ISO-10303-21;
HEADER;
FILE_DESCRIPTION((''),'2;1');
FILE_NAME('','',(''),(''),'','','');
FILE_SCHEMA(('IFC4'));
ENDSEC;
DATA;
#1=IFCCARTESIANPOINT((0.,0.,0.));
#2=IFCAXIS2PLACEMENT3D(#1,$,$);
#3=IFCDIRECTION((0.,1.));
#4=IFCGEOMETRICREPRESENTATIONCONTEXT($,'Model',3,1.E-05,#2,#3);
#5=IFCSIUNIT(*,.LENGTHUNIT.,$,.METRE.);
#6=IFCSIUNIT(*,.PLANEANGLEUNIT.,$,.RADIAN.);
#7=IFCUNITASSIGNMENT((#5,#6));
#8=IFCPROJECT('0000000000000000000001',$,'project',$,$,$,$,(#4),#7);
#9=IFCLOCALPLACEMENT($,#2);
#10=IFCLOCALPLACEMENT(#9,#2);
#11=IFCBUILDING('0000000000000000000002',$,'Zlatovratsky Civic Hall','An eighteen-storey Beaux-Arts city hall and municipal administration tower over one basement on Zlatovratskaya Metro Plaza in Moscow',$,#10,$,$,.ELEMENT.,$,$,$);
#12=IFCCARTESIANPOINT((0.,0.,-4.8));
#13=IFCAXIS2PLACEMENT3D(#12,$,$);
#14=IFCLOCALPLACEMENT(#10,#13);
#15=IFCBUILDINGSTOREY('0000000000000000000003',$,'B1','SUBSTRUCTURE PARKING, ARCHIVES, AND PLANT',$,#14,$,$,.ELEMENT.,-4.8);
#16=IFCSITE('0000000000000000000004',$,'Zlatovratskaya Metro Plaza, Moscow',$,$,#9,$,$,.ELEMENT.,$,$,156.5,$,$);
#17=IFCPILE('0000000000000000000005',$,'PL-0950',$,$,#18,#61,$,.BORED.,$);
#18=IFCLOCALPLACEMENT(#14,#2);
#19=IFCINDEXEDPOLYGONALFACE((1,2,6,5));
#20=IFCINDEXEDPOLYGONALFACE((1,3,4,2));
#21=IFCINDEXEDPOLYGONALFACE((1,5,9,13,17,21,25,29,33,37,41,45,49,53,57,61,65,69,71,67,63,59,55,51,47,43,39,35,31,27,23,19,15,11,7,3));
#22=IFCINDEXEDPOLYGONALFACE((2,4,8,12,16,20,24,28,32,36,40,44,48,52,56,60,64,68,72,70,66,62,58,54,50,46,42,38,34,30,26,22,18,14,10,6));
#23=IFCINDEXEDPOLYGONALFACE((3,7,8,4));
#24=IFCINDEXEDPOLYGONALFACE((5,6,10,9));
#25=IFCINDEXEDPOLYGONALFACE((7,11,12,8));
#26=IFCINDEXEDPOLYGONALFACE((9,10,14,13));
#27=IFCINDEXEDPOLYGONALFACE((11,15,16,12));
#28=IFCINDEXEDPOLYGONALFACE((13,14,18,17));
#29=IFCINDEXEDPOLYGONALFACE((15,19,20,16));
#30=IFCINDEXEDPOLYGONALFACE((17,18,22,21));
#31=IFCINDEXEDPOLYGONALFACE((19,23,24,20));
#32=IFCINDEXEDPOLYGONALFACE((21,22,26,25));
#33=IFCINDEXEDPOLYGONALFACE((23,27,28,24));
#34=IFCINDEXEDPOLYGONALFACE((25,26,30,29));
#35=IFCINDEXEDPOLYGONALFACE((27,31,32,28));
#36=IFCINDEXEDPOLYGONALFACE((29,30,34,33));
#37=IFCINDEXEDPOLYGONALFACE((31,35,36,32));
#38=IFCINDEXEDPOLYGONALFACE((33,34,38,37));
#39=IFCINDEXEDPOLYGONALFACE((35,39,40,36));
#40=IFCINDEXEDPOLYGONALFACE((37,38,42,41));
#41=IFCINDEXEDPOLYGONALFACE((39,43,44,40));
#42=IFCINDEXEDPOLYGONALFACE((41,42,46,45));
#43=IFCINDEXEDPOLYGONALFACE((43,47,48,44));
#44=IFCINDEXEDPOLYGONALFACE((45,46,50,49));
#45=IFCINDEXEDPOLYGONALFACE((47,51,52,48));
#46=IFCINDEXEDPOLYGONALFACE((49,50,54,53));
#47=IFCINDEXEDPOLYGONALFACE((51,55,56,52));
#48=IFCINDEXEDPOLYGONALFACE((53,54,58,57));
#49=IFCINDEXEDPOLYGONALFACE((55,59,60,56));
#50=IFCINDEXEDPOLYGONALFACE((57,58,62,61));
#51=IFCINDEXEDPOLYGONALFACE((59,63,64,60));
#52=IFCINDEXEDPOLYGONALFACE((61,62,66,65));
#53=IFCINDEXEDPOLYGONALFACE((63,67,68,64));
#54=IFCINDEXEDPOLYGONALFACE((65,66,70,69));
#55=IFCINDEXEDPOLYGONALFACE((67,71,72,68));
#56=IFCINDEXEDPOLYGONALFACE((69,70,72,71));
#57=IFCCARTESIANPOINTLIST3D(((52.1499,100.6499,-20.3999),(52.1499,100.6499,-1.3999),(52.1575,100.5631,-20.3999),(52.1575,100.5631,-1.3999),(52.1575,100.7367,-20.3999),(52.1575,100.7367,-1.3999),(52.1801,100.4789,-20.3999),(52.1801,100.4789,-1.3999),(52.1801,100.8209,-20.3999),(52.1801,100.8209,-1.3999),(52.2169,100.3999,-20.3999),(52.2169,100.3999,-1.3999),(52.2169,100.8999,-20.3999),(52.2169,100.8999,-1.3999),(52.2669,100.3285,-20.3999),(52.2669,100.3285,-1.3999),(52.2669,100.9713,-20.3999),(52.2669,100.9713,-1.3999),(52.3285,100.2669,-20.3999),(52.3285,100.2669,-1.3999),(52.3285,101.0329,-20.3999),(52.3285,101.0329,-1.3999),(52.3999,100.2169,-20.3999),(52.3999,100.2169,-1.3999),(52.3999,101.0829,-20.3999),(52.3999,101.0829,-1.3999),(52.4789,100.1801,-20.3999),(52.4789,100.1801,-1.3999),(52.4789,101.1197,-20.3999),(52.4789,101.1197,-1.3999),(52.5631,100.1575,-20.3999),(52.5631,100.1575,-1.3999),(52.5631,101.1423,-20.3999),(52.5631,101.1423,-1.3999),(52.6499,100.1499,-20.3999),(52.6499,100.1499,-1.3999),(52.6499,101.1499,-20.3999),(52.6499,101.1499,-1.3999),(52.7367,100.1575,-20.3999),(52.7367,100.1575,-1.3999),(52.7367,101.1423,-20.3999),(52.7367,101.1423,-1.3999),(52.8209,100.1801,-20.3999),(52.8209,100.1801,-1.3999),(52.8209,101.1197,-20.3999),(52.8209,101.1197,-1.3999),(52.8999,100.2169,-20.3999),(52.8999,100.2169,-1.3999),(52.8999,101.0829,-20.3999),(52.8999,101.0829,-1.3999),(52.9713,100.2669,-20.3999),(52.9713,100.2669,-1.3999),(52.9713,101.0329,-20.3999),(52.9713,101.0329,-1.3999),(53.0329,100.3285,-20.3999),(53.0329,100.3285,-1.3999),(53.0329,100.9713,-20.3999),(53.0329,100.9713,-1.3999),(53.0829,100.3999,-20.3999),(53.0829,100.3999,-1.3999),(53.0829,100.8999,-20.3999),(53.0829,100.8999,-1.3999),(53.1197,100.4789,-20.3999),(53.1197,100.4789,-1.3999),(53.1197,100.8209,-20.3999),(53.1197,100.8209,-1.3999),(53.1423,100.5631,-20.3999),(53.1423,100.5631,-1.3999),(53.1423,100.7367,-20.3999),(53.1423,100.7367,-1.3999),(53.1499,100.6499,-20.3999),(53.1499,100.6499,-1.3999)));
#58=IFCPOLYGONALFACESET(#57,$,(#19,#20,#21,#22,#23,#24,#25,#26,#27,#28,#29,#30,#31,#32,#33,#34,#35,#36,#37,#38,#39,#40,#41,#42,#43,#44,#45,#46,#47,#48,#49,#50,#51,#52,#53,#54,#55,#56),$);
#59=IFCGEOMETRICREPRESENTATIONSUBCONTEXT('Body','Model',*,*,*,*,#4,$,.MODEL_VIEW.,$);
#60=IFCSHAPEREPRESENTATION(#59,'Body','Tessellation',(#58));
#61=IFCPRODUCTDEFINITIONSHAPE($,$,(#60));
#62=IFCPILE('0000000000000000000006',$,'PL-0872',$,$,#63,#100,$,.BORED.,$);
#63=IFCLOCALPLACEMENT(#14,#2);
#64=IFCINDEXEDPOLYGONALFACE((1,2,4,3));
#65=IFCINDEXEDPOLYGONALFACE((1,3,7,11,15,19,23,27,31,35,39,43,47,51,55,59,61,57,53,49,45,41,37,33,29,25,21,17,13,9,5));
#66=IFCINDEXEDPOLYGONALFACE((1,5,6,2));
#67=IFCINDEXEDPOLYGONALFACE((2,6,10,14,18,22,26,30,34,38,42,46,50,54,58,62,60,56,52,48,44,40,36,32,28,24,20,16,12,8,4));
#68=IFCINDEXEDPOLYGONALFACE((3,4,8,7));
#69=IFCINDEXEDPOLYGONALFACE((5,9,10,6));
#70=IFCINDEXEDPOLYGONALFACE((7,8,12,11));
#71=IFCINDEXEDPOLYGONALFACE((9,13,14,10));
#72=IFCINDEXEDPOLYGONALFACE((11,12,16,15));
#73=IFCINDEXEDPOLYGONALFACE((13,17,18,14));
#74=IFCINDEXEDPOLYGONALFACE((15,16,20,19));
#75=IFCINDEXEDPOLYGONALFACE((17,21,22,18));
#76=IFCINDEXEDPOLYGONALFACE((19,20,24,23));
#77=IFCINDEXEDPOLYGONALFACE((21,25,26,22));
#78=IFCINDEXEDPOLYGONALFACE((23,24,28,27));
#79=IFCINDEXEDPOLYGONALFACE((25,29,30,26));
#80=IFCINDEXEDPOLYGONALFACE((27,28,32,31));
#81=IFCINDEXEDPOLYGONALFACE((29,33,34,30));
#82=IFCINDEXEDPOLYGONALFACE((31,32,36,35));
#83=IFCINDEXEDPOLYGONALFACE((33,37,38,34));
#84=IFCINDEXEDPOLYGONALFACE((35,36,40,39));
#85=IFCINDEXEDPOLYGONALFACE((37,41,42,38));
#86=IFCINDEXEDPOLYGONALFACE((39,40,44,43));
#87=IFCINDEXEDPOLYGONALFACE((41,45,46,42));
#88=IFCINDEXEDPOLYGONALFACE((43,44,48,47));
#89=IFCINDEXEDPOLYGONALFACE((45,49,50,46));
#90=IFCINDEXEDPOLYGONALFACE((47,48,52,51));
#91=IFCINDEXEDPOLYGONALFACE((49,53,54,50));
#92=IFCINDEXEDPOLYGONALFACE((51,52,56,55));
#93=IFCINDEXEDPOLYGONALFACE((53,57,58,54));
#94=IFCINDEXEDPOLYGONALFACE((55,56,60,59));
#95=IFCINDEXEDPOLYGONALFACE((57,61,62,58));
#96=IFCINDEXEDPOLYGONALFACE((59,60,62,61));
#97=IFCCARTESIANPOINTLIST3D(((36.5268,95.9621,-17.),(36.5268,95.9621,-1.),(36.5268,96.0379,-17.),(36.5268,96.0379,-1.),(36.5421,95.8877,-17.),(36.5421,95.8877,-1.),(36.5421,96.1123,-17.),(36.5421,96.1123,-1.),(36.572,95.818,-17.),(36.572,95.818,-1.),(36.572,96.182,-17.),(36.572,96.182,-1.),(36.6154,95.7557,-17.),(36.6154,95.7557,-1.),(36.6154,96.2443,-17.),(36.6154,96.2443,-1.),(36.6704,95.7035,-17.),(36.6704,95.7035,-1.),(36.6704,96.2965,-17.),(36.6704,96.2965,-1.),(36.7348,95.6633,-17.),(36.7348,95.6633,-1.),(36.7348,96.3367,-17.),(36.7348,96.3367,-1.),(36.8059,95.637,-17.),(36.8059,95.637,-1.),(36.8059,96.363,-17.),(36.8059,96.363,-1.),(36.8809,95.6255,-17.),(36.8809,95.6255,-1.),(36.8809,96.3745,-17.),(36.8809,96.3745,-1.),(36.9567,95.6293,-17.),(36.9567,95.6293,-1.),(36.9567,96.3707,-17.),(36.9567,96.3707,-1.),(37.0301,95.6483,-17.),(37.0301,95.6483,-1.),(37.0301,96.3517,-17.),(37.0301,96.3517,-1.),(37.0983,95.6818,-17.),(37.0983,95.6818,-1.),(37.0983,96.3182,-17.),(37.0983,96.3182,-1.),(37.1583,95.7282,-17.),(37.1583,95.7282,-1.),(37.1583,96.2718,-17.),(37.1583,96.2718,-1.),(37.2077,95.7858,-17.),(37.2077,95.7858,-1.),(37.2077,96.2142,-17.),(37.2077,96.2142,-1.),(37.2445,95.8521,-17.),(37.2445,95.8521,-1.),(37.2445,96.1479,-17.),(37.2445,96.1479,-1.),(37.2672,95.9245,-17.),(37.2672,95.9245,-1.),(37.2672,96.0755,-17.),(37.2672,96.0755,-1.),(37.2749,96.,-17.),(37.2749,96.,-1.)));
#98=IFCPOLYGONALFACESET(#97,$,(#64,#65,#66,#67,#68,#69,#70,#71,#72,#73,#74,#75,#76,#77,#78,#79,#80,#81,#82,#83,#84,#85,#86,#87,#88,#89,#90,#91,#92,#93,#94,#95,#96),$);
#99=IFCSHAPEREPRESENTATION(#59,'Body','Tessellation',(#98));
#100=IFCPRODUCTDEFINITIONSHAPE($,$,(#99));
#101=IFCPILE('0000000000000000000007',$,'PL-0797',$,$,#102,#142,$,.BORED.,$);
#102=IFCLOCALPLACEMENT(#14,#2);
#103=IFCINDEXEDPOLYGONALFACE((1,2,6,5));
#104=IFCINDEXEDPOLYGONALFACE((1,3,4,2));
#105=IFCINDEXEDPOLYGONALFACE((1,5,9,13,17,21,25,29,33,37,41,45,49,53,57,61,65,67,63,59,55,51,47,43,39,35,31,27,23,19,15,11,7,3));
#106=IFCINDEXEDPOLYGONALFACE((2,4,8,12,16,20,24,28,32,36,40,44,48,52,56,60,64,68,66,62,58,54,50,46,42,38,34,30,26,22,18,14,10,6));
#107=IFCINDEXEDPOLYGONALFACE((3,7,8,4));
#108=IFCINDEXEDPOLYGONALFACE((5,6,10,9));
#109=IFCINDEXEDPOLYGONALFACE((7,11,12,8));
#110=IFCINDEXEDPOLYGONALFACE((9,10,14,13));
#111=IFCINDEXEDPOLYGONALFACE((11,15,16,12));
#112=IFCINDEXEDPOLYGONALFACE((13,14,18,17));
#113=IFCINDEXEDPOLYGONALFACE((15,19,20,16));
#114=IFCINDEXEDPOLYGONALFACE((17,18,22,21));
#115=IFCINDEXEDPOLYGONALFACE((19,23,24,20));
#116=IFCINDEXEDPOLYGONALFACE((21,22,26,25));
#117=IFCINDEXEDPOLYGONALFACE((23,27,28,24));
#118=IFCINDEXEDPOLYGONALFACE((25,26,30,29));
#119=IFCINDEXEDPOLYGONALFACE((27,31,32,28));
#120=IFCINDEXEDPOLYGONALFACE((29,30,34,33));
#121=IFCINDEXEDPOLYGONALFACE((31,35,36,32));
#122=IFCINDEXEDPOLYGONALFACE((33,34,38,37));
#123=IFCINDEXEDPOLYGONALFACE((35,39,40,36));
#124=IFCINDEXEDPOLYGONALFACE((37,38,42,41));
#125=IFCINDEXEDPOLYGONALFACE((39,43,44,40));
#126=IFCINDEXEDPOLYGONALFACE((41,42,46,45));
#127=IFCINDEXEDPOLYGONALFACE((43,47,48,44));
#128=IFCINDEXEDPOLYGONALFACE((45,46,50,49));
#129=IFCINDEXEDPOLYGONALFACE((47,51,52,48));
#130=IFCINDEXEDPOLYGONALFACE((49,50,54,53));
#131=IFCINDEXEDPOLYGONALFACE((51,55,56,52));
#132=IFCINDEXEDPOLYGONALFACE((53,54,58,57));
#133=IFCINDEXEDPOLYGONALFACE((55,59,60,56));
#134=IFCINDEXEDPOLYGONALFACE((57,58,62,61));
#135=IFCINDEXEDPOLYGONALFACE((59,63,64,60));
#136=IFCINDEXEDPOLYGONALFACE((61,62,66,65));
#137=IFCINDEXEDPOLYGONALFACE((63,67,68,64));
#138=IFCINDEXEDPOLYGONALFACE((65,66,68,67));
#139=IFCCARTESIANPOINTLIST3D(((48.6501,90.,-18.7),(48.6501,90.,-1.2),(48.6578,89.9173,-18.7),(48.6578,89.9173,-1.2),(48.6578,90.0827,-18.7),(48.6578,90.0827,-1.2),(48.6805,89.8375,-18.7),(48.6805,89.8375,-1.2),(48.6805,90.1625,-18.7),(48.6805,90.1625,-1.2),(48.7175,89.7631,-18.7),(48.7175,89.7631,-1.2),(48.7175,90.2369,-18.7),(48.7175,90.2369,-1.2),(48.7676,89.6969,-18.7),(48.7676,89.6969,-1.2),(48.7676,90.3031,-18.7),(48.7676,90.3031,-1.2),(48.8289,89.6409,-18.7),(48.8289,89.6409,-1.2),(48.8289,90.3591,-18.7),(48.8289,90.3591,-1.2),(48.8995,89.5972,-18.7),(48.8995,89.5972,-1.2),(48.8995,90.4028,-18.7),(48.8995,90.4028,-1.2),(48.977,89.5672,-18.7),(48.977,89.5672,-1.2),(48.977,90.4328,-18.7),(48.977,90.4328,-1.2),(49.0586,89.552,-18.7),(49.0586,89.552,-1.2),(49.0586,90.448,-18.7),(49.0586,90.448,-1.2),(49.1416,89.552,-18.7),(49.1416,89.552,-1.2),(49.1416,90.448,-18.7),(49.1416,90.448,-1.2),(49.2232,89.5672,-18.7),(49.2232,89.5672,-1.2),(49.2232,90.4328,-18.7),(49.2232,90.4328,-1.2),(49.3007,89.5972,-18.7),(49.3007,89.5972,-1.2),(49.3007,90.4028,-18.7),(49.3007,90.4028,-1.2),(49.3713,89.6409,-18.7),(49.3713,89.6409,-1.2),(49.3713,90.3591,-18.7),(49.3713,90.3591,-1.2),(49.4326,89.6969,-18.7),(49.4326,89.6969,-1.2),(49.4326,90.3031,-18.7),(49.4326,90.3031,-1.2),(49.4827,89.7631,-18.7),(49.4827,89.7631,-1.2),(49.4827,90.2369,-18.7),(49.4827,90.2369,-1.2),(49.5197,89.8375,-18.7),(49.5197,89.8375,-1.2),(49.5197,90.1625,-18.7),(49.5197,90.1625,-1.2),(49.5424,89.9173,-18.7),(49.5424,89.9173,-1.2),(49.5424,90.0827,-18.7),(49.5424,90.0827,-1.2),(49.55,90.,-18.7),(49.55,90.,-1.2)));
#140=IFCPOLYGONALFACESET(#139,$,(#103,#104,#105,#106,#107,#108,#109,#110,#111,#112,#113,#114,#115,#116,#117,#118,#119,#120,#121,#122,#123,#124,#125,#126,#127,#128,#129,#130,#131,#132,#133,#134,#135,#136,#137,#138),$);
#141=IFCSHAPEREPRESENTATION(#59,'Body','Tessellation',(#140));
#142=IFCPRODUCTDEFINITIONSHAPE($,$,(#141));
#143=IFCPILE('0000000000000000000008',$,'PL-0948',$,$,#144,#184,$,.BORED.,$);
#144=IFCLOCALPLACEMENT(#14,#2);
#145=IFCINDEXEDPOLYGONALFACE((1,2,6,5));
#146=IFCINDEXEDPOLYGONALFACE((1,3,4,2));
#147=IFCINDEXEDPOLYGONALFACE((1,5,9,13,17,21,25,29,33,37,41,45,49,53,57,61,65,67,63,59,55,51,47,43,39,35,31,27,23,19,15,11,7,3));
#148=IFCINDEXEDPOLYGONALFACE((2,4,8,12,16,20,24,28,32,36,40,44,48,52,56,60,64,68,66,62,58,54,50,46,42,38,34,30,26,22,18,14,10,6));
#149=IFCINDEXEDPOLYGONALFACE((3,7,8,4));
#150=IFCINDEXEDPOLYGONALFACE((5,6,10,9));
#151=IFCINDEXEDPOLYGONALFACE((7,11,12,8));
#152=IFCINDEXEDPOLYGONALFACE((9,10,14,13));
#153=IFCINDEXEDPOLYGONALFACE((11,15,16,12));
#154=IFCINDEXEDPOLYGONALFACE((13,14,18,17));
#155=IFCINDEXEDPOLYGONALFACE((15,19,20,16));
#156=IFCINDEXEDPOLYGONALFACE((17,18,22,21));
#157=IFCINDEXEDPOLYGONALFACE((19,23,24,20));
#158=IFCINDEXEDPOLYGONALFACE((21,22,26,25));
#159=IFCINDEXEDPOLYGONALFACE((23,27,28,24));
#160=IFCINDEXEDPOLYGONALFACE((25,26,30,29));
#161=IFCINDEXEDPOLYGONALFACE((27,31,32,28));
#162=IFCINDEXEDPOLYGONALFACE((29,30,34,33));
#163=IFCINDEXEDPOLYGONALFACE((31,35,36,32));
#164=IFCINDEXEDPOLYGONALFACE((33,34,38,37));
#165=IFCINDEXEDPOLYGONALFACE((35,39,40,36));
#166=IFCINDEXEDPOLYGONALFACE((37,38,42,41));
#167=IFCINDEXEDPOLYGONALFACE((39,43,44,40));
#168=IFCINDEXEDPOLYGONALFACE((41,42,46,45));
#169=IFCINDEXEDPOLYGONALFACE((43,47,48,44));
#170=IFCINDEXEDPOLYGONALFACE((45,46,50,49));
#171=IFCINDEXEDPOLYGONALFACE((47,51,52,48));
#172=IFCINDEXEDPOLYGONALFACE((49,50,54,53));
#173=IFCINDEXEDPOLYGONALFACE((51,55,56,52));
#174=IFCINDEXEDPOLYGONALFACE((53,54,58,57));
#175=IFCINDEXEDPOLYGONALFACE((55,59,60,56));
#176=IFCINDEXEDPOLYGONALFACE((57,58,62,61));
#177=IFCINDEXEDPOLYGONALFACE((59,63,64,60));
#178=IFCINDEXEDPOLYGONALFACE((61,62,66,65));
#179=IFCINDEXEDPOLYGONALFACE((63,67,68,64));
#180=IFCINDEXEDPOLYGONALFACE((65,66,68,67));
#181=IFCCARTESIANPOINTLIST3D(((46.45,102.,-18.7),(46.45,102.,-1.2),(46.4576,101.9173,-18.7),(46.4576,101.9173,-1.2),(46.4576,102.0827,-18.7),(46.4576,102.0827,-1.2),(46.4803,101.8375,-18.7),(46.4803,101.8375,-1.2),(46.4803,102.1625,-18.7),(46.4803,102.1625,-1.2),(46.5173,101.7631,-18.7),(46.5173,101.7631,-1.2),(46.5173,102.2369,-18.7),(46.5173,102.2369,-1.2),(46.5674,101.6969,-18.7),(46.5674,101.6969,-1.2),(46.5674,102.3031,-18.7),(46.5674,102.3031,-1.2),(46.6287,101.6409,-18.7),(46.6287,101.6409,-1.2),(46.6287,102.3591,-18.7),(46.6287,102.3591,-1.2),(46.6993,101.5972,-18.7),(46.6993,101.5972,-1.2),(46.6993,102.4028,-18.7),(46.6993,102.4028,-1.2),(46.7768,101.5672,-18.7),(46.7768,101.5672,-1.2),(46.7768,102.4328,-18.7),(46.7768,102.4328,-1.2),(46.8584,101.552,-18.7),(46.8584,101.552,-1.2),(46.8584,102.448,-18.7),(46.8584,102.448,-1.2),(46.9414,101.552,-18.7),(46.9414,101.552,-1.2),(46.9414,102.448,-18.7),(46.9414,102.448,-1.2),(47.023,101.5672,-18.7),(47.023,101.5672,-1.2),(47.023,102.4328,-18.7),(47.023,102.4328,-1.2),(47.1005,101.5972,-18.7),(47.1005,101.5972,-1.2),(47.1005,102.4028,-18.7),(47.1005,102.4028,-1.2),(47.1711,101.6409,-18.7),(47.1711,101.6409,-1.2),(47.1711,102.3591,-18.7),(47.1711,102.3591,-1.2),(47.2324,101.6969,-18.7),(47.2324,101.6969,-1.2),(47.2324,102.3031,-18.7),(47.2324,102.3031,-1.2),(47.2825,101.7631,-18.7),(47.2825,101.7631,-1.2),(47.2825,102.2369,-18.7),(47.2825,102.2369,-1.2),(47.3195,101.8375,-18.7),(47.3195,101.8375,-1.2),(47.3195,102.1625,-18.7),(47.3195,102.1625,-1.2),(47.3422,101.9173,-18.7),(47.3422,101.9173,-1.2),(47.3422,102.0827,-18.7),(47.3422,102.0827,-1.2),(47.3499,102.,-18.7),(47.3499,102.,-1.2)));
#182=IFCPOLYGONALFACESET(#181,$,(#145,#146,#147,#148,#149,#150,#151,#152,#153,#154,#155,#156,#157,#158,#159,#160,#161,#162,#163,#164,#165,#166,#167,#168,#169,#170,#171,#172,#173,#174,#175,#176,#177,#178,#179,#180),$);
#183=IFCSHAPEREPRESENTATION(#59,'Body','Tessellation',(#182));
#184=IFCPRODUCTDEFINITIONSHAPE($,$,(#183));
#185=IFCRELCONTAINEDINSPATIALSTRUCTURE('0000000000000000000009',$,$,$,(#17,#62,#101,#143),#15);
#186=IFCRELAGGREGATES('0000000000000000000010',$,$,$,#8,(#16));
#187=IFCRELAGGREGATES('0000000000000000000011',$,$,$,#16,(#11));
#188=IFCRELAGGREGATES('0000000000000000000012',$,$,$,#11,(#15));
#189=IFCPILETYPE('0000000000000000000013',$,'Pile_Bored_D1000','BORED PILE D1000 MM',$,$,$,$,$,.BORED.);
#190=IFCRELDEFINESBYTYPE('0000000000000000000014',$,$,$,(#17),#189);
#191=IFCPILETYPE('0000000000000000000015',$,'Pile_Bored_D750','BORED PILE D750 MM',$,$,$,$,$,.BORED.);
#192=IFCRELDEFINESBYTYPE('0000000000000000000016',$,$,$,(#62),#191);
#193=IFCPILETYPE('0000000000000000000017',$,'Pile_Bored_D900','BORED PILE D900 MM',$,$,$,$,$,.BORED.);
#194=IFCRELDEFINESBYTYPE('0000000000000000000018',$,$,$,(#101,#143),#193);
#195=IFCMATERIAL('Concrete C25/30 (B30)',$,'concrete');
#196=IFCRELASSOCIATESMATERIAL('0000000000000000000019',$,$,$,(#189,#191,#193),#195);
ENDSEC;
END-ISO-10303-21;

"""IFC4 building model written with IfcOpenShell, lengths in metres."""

from ifc_helpers import new_model, si_unit, direction, frame, origin, origin_2d, place, context, subcontext, project, spatial, circle, extrude, material, material_profile, profile_set, type_object, element, save


model = new_model("IFC4")

# Units and contexts
model_context = context("Model", 3, precision=1e-05, world=origin(), true_north=direction((0.0, 1.0)))
body_context = subcontext(model_context, "Body", "Model", "MODEL_VIEW")
ifc_project = project(units=[si_unit("LENGTHUNIT", "METRE"), si_unit("PLANEANGLEUNIT", "RADIAN")], contexts=[model_context])

# Site, building, storey
site_placement = place(None, origin())
site = spatial("IfcSite", under=ifc_project, at=site_placement, Name="Zlatovratskaya Metro Plaza, Moscow", CompositionType="ELEMENT", RefElevation=156.5)
building_placement = place(site_placement, origin())
building = spatial("IfcBuilding", under=site, at=building_placement, Name="Zlatovratsky Civic Hall", Description="An eighteen-storey Beaux-Arts city hall and municipal administration tower over one basement on Zlatovratskaya Metro Plaza in Moscow", CompositionType="ELEMENT")
storey_placement = place(building_placement, frame((0.0, 0.0, -4.8)))
storey = spatial("IfcBuildingStorey", under=building, at=storey_placement, Name="B1", Description="SUBSTRUCTURE PARKING, ARCHIVES, AND PLANT", CompositionType="ELEMENT", Elevation=-4.8)

# Shared definitions
ifc_material_1 = material(Name="Concrete C25/30 (B30)", Category="concrete")

# Piles
ifc_material_profile_1 = material_profile(ifc_material_1, circle(Radius=0.5, at=origin_2d()), Name="PILE D1000")
ifc_profile_set_1 = profile_set([ifc_material_profile_1], Name="Concrete C25/30 (B30)")
pile_type_1 = type_object("IfcPileType", Name="Pile_Bored_D1000", Description="BORED PILE D1000 MM", PredefinedType="BORED", material=ifc_profile_set_1)
for number, where, z_axis, x_axis, name in (
    (1, (52.6499, 100.6499, -1.3999), (0.0, 0.0, -1.0), (1.0, 0.0, 0.0), "PL-0950"),
):
    element("IfcPile", number, at=place(storey_placement, frame(where, z_axis=z_axis, x_axis=x_axis)), inside=storey, type_object=pile_type_1, Name=name, PredefinedType="BORED", context=body_context, shape_type="SweptSolid", body=[
        extrude(circle(Radius=0.5, at=origin_2d()), origin(), (0.0, 0.0, 1.0), 19.0),
    ])
ifc_material_profile_2 = material_profile(ifc_material_1, circle(Radius=0.375, at=origin_2d()), Name="PILE D750")
ifc_profile_set_2 = profile_set([ifc_material_profile_2], Name="Concrete C25/30 (B30)")
pile_type_2 = type_object("IfcPileType", Name="Pile_Bored_D750", Description="BORED PILE D750 MM", PredefinedType="BORED", material=ifc_profile_set_2)
pile_1_placement = place(storey_placement, frame((36.8999, 96.0, -1.0), z_axis=(0.0, 0.0, -1.0), x_axis=(1.0, 0.0, 0.0)))
element("IfcPile", 2, at=pile_1_placement, inside=storey, type_object=pile_type_2, Name="PL-0872", PredefinedType="BORED", context=body_context, shape_type="SweptSolid", body=[
    extrude(circle(Radius=0.375, at=origin_2d()), origin(), (0.0, 0.0, 1.0), 16.0),
])
ifc_material_profile_3 = material_profile(ifc_material_1, circle(Radius=0.45, at=origin_2d()), Name="PILE D900")
ifc_profile_set_3 = profile_set([ifc_material_profile_3], Name="Concrete C25/30 (B30)")
pile_type_3 = type_object("IfcPileType", Name="Pile_Bored_D900", Description="BORED PILE D900 MM", PredefinedType="BORED", material=ifc_profile_set_3)
for number, where, z_axis, x_axis, name in (
    (3, (49.1001, 90.0, -1.2), (0.0, 0.0, -1.0), (1.0, 0.0, 0.0), "PL-0797"),
    (4, (46.8999, 102.0, -1.2), (0.0, 0.0, -1.0), (1.0, 0.0, 0.0), "PL-0948"),
):
    element("IfcPile", number, at=place(storey_placement, frame(where, z_axis=z_axis, x_axis=x_axis)), inside=storey, type_object=pile_type_3, Name=name, PredefinedType="BORED", context=body_context, shape_type="SweptSolid", body=[
        extrude(circle(Radius=0.45, at=origin_2d()), origin(), (0.0, 0.0, 1.0), 17.5),
    ])

save(model, "model.ifc")
